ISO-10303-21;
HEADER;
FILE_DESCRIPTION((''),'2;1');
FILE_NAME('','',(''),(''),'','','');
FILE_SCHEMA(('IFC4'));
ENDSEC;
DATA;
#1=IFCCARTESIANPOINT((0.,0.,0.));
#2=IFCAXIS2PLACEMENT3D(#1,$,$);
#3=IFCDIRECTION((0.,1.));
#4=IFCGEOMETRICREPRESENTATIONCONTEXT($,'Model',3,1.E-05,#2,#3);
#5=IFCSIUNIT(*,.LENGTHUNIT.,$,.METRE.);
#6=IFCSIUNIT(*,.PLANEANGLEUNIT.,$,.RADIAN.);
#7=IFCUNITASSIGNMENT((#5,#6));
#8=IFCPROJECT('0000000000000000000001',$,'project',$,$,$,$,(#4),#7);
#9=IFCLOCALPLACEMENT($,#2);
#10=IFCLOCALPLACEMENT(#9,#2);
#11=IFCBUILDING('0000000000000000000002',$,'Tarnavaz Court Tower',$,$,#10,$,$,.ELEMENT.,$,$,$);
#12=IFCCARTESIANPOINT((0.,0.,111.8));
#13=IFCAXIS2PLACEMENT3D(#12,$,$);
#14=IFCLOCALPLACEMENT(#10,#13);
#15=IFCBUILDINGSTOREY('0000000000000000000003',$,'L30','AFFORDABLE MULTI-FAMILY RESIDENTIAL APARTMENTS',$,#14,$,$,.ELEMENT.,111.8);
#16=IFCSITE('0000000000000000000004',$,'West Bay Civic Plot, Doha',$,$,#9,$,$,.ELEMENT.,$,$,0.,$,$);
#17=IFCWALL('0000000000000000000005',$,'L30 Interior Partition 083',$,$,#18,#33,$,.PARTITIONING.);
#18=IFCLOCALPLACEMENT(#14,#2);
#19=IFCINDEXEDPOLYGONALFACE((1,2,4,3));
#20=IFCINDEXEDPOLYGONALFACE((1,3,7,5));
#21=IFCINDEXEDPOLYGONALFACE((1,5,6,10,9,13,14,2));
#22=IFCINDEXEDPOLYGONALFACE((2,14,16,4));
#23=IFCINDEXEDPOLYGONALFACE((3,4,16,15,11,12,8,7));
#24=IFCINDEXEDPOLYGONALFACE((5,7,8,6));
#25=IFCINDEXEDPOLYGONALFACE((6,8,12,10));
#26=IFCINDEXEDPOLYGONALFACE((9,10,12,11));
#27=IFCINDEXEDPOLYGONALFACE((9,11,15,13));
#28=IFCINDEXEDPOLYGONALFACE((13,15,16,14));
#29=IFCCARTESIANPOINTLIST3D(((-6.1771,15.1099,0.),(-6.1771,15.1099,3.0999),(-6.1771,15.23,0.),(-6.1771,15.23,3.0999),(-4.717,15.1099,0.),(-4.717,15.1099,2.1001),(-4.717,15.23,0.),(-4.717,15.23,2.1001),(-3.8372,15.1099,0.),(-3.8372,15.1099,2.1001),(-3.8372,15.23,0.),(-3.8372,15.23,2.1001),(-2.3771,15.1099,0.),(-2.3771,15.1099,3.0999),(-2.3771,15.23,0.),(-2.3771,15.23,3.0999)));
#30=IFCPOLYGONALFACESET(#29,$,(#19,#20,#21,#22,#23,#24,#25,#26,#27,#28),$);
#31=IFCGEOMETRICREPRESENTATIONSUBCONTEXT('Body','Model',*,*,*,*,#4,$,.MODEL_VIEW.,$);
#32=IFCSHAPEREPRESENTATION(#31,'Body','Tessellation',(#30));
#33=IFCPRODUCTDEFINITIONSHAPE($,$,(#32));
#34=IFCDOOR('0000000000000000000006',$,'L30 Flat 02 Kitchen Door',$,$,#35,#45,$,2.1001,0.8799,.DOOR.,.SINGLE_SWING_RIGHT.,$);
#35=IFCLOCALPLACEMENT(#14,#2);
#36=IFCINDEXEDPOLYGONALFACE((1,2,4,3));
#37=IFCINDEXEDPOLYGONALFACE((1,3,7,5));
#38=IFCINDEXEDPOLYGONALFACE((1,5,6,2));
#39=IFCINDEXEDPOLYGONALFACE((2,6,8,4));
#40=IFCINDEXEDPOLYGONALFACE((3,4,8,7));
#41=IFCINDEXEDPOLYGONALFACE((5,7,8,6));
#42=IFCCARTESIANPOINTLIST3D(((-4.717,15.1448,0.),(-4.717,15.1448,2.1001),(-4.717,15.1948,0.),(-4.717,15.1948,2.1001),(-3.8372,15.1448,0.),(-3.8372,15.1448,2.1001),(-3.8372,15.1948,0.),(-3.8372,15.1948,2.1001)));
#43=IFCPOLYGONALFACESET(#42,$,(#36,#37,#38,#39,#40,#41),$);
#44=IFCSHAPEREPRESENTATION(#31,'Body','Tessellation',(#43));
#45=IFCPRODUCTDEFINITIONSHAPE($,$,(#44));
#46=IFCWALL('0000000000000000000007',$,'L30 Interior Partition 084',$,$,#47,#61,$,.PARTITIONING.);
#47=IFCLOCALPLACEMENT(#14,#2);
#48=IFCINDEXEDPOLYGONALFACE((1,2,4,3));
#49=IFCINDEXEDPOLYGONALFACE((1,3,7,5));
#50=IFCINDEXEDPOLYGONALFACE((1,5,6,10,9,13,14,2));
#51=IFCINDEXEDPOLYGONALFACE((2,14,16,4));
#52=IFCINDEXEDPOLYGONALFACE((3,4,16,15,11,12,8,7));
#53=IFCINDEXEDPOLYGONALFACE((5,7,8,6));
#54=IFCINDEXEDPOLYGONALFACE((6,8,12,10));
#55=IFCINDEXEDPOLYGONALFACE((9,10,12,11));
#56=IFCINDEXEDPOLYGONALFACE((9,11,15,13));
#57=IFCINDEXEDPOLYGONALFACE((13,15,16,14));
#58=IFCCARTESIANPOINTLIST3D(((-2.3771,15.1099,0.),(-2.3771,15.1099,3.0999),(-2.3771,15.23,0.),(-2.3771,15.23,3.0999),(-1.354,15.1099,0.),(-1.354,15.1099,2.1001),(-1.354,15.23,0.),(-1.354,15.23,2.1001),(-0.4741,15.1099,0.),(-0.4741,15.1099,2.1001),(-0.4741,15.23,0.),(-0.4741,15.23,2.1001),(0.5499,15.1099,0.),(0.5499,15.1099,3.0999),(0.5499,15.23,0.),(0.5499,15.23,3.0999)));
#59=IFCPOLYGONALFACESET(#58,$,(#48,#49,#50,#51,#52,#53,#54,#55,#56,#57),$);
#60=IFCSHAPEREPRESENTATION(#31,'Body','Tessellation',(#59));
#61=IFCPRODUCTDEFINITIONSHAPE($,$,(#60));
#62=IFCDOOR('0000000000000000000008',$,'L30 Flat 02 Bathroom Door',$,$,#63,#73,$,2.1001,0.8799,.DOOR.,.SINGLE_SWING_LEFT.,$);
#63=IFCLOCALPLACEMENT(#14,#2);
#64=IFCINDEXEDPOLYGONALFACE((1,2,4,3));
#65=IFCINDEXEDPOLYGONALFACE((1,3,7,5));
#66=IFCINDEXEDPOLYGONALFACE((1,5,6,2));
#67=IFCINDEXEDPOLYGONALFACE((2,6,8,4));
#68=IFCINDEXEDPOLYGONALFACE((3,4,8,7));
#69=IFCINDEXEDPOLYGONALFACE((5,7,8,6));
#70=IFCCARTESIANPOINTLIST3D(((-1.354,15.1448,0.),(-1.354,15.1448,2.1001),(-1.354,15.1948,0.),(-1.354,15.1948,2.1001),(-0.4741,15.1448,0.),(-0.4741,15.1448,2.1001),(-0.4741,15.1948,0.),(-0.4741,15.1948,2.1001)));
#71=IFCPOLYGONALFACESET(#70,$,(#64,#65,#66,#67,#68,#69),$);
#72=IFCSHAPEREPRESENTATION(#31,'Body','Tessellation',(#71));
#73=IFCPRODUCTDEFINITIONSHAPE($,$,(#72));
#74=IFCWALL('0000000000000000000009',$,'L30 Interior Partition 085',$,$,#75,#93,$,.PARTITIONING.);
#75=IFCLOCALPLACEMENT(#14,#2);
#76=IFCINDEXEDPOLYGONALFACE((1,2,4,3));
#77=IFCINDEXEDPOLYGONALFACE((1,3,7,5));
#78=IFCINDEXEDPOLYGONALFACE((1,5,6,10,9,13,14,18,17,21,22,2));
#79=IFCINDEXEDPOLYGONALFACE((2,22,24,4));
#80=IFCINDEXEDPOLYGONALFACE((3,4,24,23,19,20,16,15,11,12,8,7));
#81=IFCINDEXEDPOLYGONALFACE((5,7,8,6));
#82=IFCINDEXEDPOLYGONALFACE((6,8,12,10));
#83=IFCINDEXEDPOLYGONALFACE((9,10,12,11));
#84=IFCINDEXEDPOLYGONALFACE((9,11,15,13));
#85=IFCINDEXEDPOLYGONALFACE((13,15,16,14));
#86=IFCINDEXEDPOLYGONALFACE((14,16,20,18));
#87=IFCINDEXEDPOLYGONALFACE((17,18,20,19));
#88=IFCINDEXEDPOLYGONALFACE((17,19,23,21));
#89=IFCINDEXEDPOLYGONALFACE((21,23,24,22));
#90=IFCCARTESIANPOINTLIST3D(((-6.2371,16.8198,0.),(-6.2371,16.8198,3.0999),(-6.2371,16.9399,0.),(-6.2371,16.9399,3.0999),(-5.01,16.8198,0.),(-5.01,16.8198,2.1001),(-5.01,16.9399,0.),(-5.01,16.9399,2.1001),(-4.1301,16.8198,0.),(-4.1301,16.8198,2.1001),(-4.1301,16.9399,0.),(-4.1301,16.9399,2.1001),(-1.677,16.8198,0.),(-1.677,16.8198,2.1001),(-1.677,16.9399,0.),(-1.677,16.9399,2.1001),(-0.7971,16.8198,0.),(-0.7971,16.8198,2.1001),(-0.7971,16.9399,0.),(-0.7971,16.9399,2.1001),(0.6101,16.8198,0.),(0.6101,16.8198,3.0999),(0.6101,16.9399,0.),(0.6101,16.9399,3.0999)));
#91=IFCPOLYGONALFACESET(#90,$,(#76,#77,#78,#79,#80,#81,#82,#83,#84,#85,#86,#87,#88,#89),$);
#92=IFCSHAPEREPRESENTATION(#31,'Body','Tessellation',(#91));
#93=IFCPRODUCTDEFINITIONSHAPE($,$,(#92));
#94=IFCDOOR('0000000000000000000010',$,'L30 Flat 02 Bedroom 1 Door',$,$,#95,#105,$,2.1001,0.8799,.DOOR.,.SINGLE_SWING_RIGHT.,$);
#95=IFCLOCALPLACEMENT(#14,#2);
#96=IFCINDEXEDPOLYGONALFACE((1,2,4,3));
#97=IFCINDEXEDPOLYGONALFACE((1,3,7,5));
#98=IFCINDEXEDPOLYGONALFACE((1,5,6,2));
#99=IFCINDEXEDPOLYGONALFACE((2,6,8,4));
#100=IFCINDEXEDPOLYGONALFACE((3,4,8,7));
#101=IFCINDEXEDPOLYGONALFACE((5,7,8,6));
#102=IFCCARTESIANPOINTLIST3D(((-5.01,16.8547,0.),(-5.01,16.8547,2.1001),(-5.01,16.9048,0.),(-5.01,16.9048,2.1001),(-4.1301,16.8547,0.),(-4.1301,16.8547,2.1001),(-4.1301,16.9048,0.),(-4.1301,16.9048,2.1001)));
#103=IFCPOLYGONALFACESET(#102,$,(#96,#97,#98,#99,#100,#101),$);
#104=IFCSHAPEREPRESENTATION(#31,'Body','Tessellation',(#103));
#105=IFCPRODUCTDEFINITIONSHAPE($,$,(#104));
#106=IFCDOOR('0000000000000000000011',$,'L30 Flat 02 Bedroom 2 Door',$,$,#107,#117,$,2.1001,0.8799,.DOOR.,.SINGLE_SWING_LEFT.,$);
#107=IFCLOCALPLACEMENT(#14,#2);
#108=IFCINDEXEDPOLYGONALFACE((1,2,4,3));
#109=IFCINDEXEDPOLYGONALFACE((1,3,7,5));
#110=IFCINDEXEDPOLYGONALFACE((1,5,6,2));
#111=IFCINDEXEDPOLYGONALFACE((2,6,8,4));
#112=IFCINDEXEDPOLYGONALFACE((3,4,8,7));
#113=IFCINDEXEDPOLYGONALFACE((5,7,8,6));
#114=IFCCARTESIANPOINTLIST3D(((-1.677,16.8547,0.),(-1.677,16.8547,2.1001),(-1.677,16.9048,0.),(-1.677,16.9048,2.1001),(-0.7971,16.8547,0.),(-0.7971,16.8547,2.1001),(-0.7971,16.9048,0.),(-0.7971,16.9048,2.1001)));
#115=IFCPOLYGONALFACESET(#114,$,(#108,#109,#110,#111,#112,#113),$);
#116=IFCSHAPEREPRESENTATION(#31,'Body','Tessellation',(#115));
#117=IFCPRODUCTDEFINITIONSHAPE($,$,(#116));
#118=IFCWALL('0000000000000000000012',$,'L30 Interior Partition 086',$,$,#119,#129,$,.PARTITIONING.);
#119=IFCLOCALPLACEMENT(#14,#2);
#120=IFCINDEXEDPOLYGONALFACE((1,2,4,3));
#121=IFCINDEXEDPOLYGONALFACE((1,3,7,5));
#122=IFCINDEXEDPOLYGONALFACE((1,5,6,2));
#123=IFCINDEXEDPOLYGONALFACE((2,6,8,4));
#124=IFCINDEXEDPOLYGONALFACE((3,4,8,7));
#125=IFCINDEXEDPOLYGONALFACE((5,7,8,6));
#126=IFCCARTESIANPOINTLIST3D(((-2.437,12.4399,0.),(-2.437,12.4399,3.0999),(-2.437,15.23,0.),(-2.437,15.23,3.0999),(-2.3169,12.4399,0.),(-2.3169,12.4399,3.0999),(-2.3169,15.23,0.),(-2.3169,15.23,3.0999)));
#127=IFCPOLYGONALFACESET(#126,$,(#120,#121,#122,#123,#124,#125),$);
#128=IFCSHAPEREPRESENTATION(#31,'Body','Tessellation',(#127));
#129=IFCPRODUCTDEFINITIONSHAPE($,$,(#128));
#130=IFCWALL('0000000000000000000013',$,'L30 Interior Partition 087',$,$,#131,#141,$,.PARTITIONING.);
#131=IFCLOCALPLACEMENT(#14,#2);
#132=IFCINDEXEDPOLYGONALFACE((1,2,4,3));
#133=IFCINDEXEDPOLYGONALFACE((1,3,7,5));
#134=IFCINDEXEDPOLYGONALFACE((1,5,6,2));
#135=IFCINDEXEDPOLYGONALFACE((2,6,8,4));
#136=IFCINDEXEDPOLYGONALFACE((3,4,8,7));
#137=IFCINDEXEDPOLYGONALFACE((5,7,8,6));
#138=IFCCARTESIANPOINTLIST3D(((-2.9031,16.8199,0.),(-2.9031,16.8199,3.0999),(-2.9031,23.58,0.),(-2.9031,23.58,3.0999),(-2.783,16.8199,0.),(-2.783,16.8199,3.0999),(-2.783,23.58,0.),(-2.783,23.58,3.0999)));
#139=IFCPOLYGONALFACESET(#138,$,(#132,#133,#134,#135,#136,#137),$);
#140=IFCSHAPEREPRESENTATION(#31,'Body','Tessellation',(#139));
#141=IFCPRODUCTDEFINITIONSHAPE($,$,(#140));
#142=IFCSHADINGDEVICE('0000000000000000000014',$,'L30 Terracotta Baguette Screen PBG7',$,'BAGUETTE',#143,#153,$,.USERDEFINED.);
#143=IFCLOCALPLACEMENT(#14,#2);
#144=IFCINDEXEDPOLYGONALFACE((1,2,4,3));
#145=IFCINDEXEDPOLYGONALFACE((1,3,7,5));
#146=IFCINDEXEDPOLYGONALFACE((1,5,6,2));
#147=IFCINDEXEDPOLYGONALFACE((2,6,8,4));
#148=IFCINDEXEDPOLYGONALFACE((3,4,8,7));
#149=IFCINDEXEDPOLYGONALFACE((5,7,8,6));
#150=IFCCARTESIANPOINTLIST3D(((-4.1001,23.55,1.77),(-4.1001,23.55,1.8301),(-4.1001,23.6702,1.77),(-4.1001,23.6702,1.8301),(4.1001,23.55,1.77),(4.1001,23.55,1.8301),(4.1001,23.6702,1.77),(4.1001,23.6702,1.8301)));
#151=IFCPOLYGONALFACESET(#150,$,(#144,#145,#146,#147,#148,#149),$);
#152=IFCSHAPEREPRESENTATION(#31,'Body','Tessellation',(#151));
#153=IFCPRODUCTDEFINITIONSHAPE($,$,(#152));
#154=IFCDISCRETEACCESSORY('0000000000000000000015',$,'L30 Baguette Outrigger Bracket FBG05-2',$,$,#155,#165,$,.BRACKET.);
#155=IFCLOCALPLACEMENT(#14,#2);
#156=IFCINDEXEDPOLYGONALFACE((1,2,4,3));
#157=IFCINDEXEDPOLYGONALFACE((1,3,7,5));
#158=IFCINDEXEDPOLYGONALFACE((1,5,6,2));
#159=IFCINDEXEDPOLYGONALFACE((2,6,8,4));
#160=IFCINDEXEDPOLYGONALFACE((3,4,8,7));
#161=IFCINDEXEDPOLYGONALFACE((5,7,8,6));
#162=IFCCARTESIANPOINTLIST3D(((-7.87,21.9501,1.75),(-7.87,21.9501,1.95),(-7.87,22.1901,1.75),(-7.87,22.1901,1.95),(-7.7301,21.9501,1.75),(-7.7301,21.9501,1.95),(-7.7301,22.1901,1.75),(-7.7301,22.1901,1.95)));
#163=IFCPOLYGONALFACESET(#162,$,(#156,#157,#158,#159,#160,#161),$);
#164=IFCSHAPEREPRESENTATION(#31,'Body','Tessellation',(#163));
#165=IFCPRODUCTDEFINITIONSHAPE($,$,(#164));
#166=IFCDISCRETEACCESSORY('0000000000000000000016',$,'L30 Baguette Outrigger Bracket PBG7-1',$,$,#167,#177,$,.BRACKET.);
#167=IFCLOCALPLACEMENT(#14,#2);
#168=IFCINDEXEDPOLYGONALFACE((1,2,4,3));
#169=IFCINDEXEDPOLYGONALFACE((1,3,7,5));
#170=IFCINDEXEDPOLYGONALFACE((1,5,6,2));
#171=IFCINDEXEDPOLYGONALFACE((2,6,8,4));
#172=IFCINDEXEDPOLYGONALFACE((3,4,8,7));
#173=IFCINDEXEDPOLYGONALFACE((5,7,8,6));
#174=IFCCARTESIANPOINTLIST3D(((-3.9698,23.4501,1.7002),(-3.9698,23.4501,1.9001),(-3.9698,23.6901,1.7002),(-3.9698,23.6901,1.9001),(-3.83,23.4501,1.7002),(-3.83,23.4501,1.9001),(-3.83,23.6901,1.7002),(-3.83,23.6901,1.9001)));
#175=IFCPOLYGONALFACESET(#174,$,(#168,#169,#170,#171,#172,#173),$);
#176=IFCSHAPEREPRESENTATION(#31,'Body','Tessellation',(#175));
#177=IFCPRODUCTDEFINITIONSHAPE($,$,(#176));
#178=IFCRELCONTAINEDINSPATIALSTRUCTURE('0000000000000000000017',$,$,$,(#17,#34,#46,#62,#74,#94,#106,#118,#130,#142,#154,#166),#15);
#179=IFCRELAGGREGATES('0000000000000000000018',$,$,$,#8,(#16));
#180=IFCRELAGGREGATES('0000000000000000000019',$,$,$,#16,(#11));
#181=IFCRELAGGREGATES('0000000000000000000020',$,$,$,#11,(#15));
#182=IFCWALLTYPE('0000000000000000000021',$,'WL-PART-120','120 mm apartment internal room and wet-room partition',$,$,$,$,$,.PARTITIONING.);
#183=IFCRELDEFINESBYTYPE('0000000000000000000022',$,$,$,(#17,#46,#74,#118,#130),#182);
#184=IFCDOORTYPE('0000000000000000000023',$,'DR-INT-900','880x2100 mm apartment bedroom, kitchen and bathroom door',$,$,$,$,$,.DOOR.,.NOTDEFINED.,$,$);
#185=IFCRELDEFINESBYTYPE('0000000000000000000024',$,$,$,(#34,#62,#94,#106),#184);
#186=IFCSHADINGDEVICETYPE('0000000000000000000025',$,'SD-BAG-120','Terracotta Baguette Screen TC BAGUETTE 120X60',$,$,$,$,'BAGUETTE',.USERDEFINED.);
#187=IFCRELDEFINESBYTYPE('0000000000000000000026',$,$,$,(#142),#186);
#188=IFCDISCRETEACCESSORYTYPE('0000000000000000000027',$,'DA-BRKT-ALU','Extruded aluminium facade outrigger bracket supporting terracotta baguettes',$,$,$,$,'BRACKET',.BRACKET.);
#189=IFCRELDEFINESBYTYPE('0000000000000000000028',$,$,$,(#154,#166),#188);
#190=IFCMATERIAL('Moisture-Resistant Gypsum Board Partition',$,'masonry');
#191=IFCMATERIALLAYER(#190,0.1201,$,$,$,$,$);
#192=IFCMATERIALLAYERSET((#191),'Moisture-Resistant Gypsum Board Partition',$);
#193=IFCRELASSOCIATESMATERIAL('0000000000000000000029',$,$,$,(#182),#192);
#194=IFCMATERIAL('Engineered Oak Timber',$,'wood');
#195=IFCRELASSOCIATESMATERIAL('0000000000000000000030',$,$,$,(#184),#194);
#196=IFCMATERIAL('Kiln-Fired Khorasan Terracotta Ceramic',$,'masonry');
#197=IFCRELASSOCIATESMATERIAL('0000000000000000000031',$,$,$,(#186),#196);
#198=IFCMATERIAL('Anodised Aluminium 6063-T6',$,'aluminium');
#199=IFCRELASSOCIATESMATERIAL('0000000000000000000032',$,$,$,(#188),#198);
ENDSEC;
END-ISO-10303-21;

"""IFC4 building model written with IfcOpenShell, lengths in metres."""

from ifc_helpers import new_model, si_unit, direction, frame, frame_2d, origin, origin_2d, place, context, subcontext, project, spatial, rectangle, extrude, material, layer, layer_set, material_profile, profile_set, type_object, element, fill, save


model = new_model("IFC4")

# Units and contexts
model_context = context("Model", 3, precision=1e-05, world=origin(), true_north=direction((0.0, 1.0)))
body_context = subcontext(model_context, "Body", "Model", "MODEL_VIEW")
ifc_project = project(units=[si_unit("LENGTHUNIT", "METRE"), si_unit("PLANEANGLEUNIT", "RADIAN")], contexts=[model_context])

# Site, building, storey
site_placement = place(None, origin())
site = spatial("IfcSite", under=ifc_project, at=site_placement, Name="West Bay Civic Plot, Doha", CompositionType="ELEMENT", RefElevation=0.0)
building_placement = place(site_placement, origin())
building = spatial("IfcBuilding", under=site, at=building_placement, Name="Tarnavaz Court Tower", CompositionType="ELEMENT")
storey_placement = place(building_placement, frame((0.0, 0.0, 111.8)))
storey = spatial("IfcBuildingStorey", under=building, at=storey_placement, Name="L30", Description="AFFORDABLE MULTI-FAMILY RESIDENTIAL APARTMENTS", CompositionType="ELEMENT", Elevation=111.8)

# Shared definitions
ifc_material_1 = material(Name="Anodised Aluminium 6063-T6", Category="aluminium")

# Walls, openings, doors
ifc_material_2 = material(Name="Moisture-Resistant Gypsum Board Partition", Category="masonry")
ifc_layer_1 = layer(ifc_material_2, 0.1201)
ifc_layer_set_1 = layer_set([ifc_layer_1], Name="Moisture-Resistant Gypsum Board Partition")
wall_type_1 = type_object("IfcWallType", Name="WL-PART-120", Description="120 mm apartment internal room and wet-room partition", PredefinedType="PARTITIONING", material=ifc_layer_set_1)
ifc_material_3 = material(Name="Engineered Oak Timber", Category="wood")
door_type = type_object("IfcDoorType", Name="DR-INT-900", Description="880x2100 mm apartment bedroom, kitchen and bathroom door", OperationType="NOTDEFINED", PredefinedType="DOOR", material=ifc_material_3)
wall_1_placement = place(storey_placement, frame((-6.177, 15.1699, 0.0), z_axis=(0.0, 0.0, 1.0), x_axis=(1.0, 0.0, 0.0)))
wall_1 = element("IfcWall", 1, at=wall_1_placement, inside=storey, type_object=wall_type_1, Name="L30 Interior Partition 083", PredefinedType="PARTITIONING", context=body_context, shape_type="SweptSolid", body=[
    extrude(rectangle(XDim=3.8, YDim=0.1201, at=frame_2d((1.8999, 0.0))), origin(), (0.0, 0.0, 1.0), 3.0999),
])
opening_1_placement = place(wall_1_placement, frame((1.46, 0.0, 0.0)))
opening_1 = element("IfcOpeningElement", 2, at=opening_1_placement, cuts=wall_1, PredefinedType="OPENING", context=body_context, shape_type="SweptSolid", body=[
    extrude(rectangle(XDim=0.8799, YDim=2.1001, at=frame_2d((0.4399, 1.05))), frame((0.0, 0.0701, 0.0), z_axis=(0.0, -1.0, 0.0), x_axis=(1.0, 0.0, 0.0)), (0.0, 0.0, 1.0), 0.1401),
])
door_1_placement = place(opening_1_placement, origin())
door_1 = element("IfcDoor", 3, at=door_1_placement, inside=storey, type_object=door_type, Name="L30 Flat 02 Kitchen Door", OperationType="SINGLE_SWING_RIGHT", OverallHeight=2.1001, OverallWidth=0.8799, PredefinedType="DOOR", context=body_context, shape_type="SweptSolid", body=[
    extrude(rectangle(XDim=0.8799, YDim=2.1001, at=frame_2d((0.4399, 1.05))), frame((0.0, 0.0249, 0.0), z_axis=(0.0, -1.0, 0.0), x_axis=(1.0, 0.0, 0.0)), (0.0, 0.0, 1.0), 0.05),
])
fill(opening_1, door_1)
wall_2_placement = place(storey_placement, frame((-2.377, 15.1699, 0.0), z_axis=(0.0, 0.0, 1.0), x_axis=(1.0, 0.0, 0.0)))
wall_2 = element("IfcWall", 4, at=wall_2_placement, inside=storey, type_object=wall_type_1, Name="L30 Interior Partition 084", PredefinedType="PARTITIONING", context=body_context, shape_type="SweptSolid", body=[
    extrude(rectangle(XDim=2.927, YDim=0.1201, at=frame_2d((1.4634, 0.0))), origin(), (0.0, 0.0, 1.0), 3.0999),
])
opening_2_placement = place(wall_2_placement, frame((1.0229, 0.0, 0.0)))
opening_2 = element("IfcOpeningElement", 5, at=opening_2_placement, cuts=wall_2, PredefinedType="OPENING", context=body_context, shape_type="SweptSolid", body=[
    extrude(rectangle(XDim=0.8799, YDim=2.1001, at=frame_2d((0.4399, 1.05))), frame((0.0, 0.0701, 0.0), z_axis=(0.0, -1.0, 0.0), x_axis=(1.0, 0.0, 0.0)), (0.0, 0.0, 1.0), 0.1401),
])
door_2_placement = place(opening_2_placement, origin())
door_2 = element("IfcDoor", 6, at=door_2_placement, inside=storey, type_object=door_type, Name="L30 Flat 02 Bathroom Door", OperationType="SINGLE_SWING_LEFT", OverallHeight=2.1001, OverallWidth=0.8799, PredefinedType="DOOR", context=body_context, shape_type="SweptSolid", body=[
    extrude(rectangle(XDim=0.8799, YDim=2.1001, at=frame_2d((0.4399, 1.05))), frame((0.0, 0.0249, 0.0), z_axis=(0.0, -1.0, 0.0), x_axis=(1.0, 0.0, 0.0)), (0.0, 0.0, 1.0), 0.05),
])
fill(opening_2, door_2)

# Wall, openings, doors
wall_3_placement = place(storey_placement, frame((-6.2371, 16.8799, 0.0), z_axis=(0.0, 0.0, 1.0), x_axis=(1.0, 0.0, 0.0)))
wall_3 = element("IfcWall", 7, at=wall_3_placement, inside=storey, type_object=wall_type_1, Name="L30 Interior Partition 085", PredefinedType="PARTITIONING", context=body_context, shape_type="SweptSolid", body=[
    extrude(rectangle(XDim=6.8472, YDim=0.1201, at=frame_2d((3.4236, 0.0))), origin(), (0.0, 0.0, 1.0), 3.0999),
])
opening_3_placement = place(wall_3_placement, frame((1.2271, 0.0, 0.0)))
opening_3 = element("IfcOpeningElement", 8, at=opening_3_placement, cuts=wall_3, PredefinedType="OPENING", context=body_context, shape_type="SweptSolid", body=[
    extrude(rectangle(XDim=0.8799, YDim=2.1001, at=frame_2d((0.4399, 1.05))), frame((0.0, 0.0701, 0.0), z_axis=(0.0, -1.0, 0.0), x_axis=(1.0, 0.0, 0.0)), (0.0, 0.0, 1.0), 0.1401),
])
opening_4_placement = place(wall_3_placement, frame((4.5601, 0.0, 0.0)))
opening_4 = element("IfcOpeningElement", 9, at=opening_4_placement, cuts=wall_3, PredefinedType="OPENING", context=body_context, shape_type="SweptSolid", body=[
    extrude(rectangle(XDim=0.8799, YDim=2.1001, at=frame_2d((0.4399, 1.05))), frame((0.0, 0.0701, 0.0), z_axis=(0.0, -1.0, 0.0), x_axis=(1.0, 0.0, 0.0)), (0.0, 0.0, 1.0), 0.1401),
])
door_3_placement = place(opening_3_placement, origin())
door_3 = element("IfcDoor", 10, at=door_3_placement, inside=storey, type_object=door_type, Name="L30 Flat 02 Bedroom 1 Door", OperationType="SINGLE_SWING_RIGHT", OverallHeight=2.1001, OverallWidth=0.8799, PredefinedType="DOOR", context=body_context, shape_type="SweptSolid", body=[
    extrude(rectangle(XDim=0.8799, YDim=2.1001, at=frame_2d((0.4399, 1.05))), frame((0.0, 0.0249, 0.0), z_axis=(0.0, -1.0, 0.0), x_axis=(1.0, 0.0, 0.0)), (0.0, 0.0, 1.0), 0.05),
])
fill(opening_3, door_3)
door_4_placement = place(opening_4_placement, origin())
door_4 = element("IfcDoor", 11, at=door_4_placement, inside=storey, type_object=door_type, Name="L30 Flat 02 Bedroom 2 Door", OperationType="SINGLE_SWING_LEFT", OverallHeight=2.1001, OverallWidth=0.8799, PredefinedType="DOOR", context=body_context, shape_type="SweptSolid", body=[
    extrude(rectangle(XDim=0.8799, YDim=2.1001, at=frame_2d((0.4399, 1.05))), frame((0.0, 0.0249, 0.0), z_axis=(0.0, -1.0, 0.0), x_axis=(1.0, 0.0, 0.0)), (0.0, 0.0, 1.0), 0.05),
])
fill(opening_4, door_4)

# Walls
wall_4_placement = place(storey_placement, frame((-2.377, 12.4399, 0.0), z_axis=(0.0, 0.0, 1.0), x_axis=(0.0, 1.0, 0.0)))
element("IfcWall", 12, at=wall_4_placement, inside=storey, type_object=wall_type_1, Name="L30 Interior Partition 086", PredefinedType="PARTITIONING", context=body_context, shape_type="SweptSolid", body=[
    extrude(rectangle(XDim=2.79, YDim=0.1201, at=frame_2d((1.395, 0.0))), origin(), (0.0, 0.0, 1.0), 3.0999),
])
wall_5_placement = place(storey_placement, frame((-2.843, 16.8201, 0.0), z_axis=(0.0, 0.0, 1.0), x_axis=(0.0, 1.0, 0.0)))
element("IfcWall", 13, at=wall_5_placement, inside=storey, type_object=wall_type_1, Name="L30 Interior Partition 087", PredefinedType="PARTITIONING", context=body_context, shape_type="SweptSolid", body=[
    extrude(rectangle(XDim=6.76, YDim=0.1201, at=frame_2d((3.3799, 0.0))), origin(), (0.0, 0.0, 1.0), 3.0999),
])

# Shading device
ifc_material_4 = material(Name="Kiln-Fired Khorasan Terracotta Ceramic", Category="masonry")
ifc_material_profile_1 = material_profile(ifc_material_4, rectangle(XDim=0.1201, YDim=0.0601, at=origin_2d()), Name="TC BAGUETTE 120X60")
ifc_profile_set_1 = profile_set([ifc_material_profile_1], Name="Kiln-Fired Khorasan Terracotta Ceramic")
shading_device_type = type_object("IfcShadingDeviceType", Name="SD-BAG-120", Description="Terracotta Baguette Screen TC BAGUETTE 120X60", ElementType="BAGUETTE", PredefinedType="USERDEFINED", material=ifc_profile_set_1)
shading_device_placement = place(storey_placement, frame((-4.1001, 23.6101, 1.8), z_axis=(1.0, 0.0, 0.0), x_axis=(0.0, 1.0, 0.0)))
element("IfcShadingDevice", 14, at=shading_device_placement, inside=storey, type_object=shading_device_type, Name="L30 Terracotta Baguette Screen PBG7", ObjectType="BAGUETTE", PredefinedType="USERDEFINED", context=body_context, shape_type="SweptSolid", body=[
    extrude(rectangle(XDim=0.1201, YDim=0.0601, at=origin_2d()), origin(), (0.0, 0.0, 1.0), 8.2002),
])

# Discrete accessories
discrete_accessory_type = type_object("IfcDiscreteAccessoryType", Name="DA-BRKT-ALU", Description="Extruded aluminium facade outrigger bracket supporting terracotta baguettes", ElementType="BRACKET", PredefinedType="BRACKET", material=ifc_material_1)
for number, where, z_axis, x_axis, name in (
    (15, (-7.8, 22.0701, 1.75), (0.0, 0.0, 1.0), (1.0, 0.0, 0.0), "L30 Baguette Outrigger Bracket FBG05-2"),
    (16, (-3.8999, 23.5701, 1.7002), (0.0, 0.0, 1.0), (1.0, 0.0, 0.0), "L30 Baguette Outrigger Bracket PBG7-1"),
):
    element("IfcDiscreteAccessory", number, at=place(storey_placement, frame(where, z_axis=z_axis, x_axis=x_axis)), inside=storey, type_object=discrete_accessory_type, Name=name, PredefinedType="BRACKET", context=body_context, shape_type="SweptSolid", body=[
        extrude(rectangle(XDim=0.1399, YDim=0.24, at=origin_2d()), origin(), (0.0, 0.0, 1.0), 0.2),
    ])

save(model, "model.ifc")
